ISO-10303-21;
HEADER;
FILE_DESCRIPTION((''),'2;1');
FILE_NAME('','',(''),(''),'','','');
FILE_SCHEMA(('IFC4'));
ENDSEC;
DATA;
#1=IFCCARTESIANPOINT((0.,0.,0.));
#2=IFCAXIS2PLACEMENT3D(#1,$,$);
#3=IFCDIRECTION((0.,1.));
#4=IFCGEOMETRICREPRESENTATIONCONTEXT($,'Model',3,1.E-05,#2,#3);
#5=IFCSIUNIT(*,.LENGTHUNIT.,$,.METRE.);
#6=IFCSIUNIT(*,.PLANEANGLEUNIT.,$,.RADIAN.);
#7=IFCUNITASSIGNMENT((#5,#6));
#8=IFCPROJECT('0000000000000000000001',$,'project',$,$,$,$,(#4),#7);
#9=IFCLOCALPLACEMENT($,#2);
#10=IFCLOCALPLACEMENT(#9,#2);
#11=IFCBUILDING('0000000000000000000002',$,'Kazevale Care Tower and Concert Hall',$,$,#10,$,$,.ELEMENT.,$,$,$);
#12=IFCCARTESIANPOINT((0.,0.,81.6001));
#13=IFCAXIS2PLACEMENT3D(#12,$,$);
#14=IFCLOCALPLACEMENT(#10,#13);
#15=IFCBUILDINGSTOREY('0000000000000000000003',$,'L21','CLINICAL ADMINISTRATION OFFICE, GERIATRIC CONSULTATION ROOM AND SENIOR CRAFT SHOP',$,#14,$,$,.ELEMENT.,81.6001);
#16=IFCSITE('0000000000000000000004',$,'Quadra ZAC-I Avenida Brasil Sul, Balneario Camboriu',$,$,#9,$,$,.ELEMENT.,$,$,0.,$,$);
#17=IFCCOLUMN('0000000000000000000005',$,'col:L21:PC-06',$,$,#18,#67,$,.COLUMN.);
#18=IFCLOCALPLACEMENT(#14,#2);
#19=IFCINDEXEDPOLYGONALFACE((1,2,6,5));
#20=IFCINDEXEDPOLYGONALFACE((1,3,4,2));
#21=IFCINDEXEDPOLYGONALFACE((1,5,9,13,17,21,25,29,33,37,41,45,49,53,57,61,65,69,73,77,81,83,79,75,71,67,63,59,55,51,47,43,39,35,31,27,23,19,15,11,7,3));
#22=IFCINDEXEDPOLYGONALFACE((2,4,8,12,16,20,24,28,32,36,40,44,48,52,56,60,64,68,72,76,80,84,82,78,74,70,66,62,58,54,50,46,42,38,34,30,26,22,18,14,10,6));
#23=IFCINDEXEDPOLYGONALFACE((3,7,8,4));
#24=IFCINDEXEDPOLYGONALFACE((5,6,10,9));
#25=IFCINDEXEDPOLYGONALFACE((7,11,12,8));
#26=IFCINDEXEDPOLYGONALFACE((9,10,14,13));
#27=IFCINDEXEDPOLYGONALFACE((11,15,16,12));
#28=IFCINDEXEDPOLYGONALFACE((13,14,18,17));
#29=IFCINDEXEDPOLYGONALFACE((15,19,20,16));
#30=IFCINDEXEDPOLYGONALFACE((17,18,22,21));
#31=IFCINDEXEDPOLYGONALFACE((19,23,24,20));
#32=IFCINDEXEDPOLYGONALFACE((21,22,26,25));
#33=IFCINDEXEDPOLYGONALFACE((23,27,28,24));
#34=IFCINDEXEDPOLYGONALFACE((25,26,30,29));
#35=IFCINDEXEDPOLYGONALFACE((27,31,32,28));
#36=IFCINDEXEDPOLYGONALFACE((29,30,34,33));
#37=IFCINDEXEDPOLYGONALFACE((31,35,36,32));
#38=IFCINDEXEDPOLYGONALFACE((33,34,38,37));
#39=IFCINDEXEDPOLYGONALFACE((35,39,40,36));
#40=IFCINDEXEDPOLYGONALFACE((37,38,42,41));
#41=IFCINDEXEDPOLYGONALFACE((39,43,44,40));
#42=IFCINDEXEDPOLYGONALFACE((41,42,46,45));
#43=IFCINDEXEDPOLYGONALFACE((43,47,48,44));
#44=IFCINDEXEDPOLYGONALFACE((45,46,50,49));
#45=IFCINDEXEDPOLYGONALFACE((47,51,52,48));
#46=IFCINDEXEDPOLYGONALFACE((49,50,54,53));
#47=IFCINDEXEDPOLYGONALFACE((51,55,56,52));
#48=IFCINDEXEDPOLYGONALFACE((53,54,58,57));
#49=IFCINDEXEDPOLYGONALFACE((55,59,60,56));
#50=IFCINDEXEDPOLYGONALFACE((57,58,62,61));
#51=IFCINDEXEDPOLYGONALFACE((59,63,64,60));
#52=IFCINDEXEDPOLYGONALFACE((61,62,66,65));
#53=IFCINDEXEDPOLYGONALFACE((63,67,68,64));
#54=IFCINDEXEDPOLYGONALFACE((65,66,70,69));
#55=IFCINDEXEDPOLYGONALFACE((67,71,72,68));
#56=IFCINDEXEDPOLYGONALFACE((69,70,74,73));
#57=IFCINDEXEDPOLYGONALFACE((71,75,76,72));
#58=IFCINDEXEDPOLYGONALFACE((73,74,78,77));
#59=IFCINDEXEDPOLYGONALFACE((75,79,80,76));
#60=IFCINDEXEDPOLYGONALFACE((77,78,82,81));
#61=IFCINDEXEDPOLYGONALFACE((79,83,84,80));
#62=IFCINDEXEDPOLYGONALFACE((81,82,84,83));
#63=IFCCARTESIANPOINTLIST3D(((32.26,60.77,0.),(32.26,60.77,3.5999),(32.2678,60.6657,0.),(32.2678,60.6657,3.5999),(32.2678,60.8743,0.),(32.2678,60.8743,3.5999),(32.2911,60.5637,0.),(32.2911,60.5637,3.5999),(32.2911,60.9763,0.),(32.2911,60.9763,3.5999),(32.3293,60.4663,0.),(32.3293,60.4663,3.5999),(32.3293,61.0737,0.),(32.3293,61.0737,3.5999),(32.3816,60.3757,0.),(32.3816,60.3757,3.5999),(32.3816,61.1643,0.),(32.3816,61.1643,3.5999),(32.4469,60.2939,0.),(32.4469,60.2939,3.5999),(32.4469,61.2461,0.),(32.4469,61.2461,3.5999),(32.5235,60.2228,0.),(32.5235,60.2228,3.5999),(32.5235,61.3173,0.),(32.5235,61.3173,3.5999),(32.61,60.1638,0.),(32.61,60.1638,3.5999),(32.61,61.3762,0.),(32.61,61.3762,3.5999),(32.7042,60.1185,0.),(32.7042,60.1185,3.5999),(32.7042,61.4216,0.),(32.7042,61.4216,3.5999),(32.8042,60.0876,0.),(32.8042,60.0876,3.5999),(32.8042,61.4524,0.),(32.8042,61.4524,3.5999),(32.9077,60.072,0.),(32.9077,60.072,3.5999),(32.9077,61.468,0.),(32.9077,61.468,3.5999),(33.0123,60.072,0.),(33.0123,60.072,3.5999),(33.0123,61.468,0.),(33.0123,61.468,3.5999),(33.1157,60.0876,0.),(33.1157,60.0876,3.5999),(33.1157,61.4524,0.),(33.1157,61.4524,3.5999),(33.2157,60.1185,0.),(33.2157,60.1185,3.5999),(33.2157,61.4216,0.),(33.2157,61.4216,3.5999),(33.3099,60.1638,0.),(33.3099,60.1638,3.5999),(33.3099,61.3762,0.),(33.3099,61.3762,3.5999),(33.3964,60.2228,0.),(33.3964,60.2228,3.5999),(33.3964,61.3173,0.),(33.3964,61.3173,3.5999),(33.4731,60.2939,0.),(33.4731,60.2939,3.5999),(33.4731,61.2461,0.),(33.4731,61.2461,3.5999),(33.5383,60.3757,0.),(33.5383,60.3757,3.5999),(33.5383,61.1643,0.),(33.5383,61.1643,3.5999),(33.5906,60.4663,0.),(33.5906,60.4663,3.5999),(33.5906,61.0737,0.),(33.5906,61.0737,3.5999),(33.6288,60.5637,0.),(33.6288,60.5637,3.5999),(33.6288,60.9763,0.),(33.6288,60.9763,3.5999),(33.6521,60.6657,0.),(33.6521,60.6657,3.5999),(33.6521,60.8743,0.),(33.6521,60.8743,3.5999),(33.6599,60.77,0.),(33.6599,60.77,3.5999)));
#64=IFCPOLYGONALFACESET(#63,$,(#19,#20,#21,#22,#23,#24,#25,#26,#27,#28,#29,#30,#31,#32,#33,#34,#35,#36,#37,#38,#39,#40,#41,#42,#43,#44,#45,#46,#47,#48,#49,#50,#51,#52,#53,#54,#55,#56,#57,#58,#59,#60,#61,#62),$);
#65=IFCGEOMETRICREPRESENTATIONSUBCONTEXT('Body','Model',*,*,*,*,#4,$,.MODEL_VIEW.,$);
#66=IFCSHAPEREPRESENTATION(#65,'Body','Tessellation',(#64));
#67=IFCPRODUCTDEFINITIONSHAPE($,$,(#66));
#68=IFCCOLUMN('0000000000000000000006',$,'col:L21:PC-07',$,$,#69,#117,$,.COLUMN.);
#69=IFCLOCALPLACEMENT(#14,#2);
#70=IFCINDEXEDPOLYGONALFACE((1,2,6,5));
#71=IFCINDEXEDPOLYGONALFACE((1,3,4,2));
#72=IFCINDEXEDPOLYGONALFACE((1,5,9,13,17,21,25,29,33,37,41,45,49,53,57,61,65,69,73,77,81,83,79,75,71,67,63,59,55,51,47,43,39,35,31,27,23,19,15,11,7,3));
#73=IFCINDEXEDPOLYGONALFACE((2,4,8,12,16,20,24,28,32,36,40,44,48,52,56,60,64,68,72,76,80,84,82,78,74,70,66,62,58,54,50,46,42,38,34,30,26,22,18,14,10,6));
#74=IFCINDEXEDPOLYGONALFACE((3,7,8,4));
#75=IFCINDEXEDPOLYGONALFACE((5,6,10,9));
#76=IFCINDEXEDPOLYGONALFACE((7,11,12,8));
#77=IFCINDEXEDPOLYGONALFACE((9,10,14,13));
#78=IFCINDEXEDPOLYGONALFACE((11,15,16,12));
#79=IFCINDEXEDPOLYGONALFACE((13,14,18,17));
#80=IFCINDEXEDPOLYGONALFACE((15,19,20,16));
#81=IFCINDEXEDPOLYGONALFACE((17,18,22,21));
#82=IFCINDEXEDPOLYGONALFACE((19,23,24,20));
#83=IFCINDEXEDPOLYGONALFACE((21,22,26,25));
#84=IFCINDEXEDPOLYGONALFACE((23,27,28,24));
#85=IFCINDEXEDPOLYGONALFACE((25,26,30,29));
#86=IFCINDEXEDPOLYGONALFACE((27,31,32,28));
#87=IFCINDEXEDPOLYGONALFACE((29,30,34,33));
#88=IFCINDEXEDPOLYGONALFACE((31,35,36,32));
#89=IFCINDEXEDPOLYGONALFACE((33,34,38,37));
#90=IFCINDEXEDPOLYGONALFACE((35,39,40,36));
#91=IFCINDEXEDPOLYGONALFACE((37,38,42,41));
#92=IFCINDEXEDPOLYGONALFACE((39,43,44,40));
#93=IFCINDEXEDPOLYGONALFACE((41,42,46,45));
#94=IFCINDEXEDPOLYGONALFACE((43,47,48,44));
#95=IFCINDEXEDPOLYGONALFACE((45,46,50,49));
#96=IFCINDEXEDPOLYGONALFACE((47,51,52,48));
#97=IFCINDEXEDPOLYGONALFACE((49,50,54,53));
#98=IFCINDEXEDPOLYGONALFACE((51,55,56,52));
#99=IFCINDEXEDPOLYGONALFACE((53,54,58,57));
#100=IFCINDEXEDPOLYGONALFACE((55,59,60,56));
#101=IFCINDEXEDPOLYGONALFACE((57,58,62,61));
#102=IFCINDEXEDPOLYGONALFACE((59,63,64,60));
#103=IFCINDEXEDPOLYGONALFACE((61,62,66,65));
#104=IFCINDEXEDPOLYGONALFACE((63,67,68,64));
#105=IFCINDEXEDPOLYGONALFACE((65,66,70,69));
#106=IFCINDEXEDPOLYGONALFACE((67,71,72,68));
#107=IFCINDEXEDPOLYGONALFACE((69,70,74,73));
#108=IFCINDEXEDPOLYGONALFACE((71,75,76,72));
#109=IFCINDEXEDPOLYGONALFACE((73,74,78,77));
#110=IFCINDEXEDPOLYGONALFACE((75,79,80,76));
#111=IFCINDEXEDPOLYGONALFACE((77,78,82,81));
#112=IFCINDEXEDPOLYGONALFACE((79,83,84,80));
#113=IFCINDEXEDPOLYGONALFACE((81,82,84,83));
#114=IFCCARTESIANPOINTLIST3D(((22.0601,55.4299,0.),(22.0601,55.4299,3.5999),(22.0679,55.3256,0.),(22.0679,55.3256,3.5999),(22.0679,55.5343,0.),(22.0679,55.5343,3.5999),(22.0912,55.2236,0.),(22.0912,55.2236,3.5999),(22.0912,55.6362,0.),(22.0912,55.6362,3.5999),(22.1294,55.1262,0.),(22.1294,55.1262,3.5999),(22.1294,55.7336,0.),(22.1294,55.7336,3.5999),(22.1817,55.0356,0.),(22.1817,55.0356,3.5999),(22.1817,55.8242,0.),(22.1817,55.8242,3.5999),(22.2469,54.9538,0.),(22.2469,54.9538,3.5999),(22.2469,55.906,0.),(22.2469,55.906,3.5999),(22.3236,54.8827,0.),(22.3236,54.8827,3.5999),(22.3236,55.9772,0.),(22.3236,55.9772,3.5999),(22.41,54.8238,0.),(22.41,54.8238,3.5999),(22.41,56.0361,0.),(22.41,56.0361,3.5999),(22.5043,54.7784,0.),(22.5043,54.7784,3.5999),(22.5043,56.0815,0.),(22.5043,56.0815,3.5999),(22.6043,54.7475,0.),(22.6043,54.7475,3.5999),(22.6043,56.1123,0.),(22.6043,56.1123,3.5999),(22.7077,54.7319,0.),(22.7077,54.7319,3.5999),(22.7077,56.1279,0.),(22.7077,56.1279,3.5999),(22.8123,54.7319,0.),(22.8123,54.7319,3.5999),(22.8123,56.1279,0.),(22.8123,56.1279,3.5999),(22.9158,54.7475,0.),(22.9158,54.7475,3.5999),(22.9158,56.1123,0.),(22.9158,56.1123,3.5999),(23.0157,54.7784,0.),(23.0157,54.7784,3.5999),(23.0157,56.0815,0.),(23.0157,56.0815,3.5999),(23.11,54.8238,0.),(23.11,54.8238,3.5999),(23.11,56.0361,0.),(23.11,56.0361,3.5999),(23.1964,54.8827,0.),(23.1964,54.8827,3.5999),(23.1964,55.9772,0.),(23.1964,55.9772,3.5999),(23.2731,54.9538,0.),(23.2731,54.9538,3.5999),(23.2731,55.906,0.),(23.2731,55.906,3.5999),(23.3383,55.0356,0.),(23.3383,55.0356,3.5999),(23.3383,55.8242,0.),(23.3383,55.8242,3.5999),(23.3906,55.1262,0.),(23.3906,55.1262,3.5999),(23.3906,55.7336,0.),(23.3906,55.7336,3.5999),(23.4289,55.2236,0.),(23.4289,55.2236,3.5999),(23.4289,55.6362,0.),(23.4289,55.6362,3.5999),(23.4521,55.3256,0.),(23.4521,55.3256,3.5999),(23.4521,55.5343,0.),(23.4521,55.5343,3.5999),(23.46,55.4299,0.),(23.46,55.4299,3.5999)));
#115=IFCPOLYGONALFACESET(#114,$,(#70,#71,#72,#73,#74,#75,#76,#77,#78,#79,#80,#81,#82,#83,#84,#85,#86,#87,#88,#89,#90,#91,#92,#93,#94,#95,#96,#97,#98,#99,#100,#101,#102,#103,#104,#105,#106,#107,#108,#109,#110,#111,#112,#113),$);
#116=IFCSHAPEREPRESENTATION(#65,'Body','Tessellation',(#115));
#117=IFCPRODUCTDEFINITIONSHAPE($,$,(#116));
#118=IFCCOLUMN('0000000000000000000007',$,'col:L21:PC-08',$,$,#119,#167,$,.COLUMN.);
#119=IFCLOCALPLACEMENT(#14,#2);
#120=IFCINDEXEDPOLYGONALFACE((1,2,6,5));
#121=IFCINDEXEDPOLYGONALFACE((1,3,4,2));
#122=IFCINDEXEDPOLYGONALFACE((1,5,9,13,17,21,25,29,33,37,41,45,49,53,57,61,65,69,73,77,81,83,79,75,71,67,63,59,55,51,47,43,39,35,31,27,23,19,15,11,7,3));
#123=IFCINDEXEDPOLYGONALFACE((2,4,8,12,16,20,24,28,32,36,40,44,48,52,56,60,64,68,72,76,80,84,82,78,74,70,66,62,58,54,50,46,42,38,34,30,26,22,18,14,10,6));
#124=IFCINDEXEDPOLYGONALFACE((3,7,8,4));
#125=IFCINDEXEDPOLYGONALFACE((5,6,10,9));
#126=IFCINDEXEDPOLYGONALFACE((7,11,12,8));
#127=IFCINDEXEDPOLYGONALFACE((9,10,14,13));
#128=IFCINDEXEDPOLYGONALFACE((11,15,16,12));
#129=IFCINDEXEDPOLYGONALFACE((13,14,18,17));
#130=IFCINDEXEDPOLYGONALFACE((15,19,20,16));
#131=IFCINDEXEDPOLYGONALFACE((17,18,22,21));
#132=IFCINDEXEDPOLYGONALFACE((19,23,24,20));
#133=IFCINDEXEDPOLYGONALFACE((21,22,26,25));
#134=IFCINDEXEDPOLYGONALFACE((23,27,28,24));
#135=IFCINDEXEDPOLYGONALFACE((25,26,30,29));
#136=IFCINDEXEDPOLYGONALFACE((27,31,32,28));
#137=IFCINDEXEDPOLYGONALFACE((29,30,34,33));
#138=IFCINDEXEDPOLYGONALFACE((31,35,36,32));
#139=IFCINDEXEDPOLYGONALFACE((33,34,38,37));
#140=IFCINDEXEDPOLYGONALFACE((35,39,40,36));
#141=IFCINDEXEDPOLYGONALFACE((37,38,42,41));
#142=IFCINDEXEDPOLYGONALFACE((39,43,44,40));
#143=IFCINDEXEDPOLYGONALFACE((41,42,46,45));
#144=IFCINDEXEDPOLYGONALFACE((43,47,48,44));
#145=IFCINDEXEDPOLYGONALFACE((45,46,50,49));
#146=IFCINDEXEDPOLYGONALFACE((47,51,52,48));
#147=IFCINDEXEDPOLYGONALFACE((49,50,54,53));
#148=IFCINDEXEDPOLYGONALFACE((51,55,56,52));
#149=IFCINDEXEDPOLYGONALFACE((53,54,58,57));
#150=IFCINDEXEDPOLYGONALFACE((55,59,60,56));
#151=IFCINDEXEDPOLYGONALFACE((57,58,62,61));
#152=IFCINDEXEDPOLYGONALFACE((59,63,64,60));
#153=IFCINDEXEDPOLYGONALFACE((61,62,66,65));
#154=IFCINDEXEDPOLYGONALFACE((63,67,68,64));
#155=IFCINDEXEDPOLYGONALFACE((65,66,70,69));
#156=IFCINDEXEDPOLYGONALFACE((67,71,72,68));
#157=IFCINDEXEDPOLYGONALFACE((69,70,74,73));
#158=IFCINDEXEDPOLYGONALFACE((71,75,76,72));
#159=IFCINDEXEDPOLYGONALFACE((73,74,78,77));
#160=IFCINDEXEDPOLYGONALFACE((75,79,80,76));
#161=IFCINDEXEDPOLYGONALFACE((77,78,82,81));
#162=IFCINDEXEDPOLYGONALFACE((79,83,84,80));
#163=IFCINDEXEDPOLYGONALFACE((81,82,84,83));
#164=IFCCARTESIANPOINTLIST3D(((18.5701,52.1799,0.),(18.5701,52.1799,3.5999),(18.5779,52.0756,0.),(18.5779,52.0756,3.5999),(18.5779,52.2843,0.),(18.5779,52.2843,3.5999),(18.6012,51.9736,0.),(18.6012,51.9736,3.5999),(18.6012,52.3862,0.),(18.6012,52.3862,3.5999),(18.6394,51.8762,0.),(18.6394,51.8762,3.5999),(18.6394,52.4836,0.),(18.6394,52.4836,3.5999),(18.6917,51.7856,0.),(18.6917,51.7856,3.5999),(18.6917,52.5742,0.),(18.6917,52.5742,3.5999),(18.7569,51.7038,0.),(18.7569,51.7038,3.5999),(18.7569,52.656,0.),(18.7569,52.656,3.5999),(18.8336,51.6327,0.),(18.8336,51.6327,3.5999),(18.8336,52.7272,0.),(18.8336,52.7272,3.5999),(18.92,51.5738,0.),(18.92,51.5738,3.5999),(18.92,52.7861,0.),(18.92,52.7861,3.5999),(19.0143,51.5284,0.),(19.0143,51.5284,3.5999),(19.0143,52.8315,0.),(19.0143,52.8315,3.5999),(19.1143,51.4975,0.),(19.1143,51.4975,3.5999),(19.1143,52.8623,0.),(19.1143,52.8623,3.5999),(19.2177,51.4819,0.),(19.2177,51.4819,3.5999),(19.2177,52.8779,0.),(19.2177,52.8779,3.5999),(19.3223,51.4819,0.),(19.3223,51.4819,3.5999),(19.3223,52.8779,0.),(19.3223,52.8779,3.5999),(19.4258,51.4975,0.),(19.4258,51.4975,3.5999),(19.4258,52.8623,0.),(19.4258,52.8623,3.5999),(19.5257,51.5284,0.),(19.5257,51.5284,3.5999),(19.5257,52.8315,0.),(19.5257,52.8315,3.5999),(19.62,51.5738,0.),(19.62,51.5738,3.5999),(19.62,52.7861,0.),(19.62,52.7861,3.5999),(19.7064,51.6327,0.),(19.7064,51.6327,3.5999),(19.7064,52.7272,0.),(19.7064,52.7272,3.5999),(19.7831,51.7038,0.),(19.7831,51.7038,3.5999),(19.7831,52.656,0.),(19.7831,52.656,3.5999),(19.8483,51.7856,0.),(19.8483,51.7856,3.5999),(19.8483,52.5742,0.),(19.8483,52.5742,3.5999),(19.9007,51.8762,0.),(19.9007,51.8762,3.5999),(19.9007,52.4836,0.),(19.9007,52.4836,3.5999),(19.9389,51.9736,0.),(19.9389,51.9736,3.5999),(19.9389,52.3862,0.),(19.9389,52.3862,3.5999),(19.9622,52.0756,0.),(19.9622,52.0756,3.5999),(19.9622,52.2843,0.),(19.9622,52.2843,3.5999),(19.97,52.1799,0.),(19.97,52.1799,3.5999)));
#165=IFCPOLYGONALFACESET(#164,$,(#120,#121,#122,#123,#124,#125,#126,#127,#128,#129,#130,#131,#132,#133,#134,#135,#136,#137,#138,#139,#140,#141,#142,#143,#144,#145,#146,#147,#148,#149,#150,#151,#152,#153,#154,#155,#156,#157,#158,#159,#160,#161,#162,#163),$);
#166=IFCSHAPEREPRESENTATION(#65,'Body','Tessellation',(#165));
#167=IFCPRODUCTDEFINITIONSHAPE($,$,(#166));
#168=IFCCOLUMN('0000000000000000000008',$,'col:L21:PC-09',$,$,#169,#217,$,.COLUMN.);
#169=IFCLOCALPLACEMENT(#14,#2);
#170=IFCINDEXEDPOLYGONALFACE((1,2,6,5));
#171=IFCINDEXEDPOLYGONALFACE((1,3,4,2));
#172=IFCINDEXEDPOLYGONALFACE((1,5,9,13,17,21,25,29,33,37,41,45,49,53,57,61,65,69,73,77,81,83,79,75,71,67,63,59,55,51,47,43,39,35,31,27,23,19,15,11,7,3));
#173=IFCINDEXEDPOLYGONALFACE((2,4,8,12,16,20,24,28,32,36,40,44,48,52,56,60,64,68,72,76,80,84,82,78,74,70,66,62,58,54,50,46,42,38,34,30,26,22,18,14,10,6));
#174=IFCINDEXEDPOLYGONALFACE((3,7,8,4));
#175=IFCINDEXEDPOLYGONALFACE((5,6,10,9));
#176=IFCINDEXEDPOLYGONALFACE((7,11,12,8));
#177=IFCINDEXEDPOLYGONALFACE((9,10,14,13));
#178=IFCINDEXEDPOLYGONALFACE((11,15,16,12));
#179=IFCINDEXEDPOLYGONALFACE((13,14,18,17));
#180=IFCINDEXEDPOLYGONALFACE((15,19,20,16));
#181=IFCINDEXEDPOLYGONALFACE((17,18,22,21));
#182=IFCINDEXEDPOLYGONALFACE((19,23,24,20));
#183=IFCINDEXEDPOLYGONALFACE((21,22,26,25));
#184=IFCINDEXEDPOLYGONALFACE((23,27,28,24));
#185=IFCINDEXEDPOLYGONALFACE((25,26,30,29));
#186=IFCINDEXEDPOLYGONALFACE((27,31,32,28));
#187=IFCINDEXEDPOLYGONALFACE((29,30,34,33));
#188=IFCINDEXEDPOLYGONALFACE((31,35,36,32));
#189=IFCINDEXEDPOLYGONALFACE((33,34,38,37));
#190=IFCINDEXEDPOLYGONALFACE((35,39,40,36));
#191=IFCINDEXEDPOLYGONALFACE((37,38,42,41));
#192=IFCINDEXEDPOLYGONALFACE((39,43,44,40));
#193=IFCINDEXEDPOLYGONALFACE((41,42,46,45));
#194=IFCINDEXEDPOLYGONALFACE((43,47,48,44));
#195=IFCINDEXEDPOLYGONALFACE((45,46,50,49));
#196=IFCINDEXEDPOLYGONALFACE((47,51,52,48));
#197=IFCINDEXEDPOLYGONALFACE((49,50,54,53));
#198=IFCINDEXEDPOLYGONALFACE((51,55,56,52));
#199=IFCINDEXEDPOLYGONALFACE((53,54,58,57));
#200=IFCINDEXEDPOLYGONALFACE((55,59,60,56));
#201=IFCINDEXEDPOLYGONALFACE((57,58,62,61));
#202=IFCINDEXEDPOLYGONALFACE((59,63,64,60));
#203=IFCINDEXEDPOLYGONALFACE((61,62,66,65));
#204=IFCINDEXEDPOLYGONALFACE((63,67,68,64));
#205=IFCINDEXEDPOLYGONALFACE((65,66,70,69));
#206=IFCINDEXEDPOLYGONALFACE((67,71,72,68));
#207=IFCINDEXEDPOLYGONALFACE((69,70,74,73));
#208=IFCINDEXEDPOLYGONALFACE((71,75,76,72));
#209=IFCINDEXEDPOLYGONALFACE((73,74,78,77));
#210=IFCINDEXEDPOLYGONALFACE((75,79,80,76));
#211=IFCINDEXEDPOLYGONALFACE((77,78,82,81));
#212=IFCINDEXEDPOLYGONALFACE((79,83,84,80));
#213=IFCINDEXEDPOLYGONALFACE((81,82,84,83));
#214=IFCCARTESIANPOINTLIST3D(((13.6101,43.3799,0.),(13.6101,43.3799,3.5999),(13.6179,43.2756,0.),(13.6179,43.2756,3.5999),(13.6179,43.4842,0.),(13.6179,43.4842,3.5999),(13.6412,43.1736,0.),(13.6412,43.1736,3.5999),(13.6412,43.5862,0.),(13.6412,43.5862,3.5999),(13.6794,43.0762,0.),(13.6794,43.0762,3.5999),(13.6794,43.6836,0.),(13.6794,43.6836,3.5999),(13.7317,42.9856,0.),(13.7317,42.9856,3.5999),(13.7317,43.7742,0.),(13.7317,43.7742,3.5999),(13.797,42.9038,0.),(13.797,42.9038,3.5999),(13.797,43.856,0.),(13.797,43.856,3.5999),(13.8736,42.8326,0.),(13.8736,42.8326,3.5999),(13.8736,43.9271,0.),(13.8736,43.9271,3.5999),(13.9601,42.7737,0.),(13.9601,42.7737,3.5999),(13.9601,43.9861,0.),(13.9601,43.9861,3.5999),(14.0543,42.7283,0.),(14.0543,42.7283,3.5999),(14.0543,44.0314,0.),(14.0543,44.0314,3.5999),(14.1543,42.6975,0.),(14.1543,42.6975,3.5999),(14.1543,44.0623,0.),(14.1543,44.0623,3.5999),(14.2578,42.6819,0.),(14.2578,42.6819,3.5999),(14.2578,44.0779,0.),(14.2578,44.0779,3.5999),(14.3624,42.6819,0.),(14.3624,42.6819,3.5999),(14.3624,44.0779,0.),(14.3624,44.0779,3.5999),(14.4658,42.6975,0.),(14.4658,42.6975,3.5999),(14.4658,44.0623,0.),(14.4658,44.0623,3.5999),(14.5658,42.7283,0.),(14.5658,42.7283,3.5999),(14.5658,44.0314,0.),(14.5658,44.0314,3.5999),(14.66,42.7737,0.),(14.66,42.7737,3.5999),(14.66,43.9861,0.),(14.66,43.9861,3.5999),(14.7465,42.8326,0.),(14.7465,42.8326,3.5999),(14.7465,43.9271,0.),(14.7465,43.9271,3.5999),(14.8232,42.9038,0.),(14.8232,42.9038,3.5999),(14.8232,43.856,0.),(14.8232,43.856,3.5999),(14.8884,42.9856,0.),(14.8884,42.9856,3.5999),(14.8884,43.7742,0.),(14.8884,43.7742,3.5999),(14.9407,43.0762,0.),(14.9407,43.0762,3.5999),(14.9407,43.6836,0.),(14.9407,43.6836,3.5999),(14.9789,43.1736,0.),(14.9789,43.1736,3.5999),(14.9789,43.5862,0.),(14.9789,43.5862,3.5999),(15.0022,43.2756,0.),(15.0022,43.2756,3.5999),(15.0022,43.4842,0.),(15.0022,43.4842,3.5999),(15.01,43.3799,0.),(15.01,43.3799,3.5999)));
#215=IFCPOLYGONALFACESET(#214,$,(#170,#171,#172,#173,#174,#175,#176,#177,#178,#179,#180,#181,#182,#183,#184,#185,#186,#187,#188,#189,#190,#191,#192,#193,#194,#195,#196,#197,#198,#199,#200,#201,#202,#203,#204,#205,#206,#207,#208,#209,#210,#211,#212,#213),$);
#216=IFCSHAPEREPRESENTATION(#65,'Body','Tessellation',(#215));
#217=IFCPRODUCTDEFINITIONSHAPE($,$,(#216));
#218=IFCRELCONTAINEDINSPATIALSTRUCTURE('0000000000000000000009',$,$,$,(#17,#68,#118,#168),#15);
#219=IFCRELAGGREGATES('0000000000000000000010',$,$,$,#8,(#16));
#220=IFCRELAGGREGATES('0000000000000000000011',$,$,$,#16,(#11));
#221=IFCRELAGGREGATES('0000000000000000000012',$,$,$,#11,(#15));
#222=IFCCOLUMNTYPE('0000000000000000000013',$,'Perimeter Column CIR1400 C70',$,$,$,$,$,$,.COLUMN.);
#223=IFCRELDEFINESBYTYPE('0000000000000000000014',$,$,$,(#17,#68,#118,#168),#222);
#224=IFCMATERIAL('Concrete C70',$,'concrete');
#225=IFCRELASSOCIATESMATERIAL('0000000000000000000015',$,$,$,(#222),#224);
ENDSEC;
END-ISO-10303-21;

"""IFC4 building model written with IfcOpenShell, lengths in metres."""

from ifc_helpers import new_model, si_unit, direction, frame, origin, origin_2d, place, context, subcontext, project, spatial, circle, extrude, material, material_profile, profile_set, type_object, element, save


model = new_model("IFC4")

# Units and contexts
model_context = context("Model", 3, precision=1e-05, world=origin(), true_north=direction((0.0, 1.0)))
body_context = subcontext(model_context, "Body", "Model", "MODEL_VIEW")
ifc_project = project(units=[si_unit("LENGTHUNIT", "METRE"), si_unit("PLANEANGLEUNIT", "RADIAN")], contexts=[model_context])

# Site, building, storey
site_placement = place(None, origin())
site = spatial("IfcSite", under=ifc_project, at=site_placement, Name="Quadra ZAC-I Avenida Brasil Sul, Balneario Camboriu", CompositionType="ELEMENT", RefElevation=0.0)
building_placement = place(site_placement, origin())
building = spatial("IfcBuilding", under=site, at=building_placement, Name="Kazevale Care Tower and Concert Hall", CompositionType="ELEMENT")
storey_placement = place(building_placement, frame((0.0, 0.0, 81.6001)))
storey = spatial("IfcBuildingStorey", under=building, at=storey_placement, Name="L21", Description="CLINICAL ADMINISTRATION OFFICE, GERIATRIC CONSULTATION ROOM AND SENIOR CRAFT SHOP", CompositionType="ELEMENT", Elevation=81.6001)

# Columns
ifc_material_1 = material(Name="Concrete C70", Category="concrete")
ifc_material_profile_1 = material_profile(ifc_material_1, circle(Radius=0.7, at=origin_2d()), Name="RC-CIR1400")
ifc_profile_set_1 = profile_set([ifc_material_profile_1], Name="Concrete C70")
column_type = type_object("IfcColumnType", Name="Perimeter Column CIR1400 C70", PredefinedType="COLUMN", material=ifc_profile_set_1)
for number, where, z_axis, x_axis, name in (
    (1, (32.96, 60.77, 0.0), (0.0, 0.0, 1.0), (1.0, 0.0, 0.0), "col:L21:PC-06"),
    (2, (22.76, 55.4299, 0.0), (0.0, 0.0, 1.0), (1.0, 0.0, 0.0), "col:L21:PC-07"),
    (3, (19.27, 52.1799, 0.0), (0.0, 0.0, 1.0), (1.0, 0.0, 0.0), "col:L21:PC-08"),
    (4, (14.3101, 43.3799, 0.0), (0.0, 0.0, 1.0), (1.0, 0.0, 0.0), "col:L21:PC-09"),
):
    element("IfcColumn", number, at=place(storey_placement, frame(where, z_axis=z_axis, x_axis=x_axis)), inside=storey, type_object=column_type, Name=name, PredefinedType="COLUMN", context=body_context, shape_type="SweptSolid", body=[
        extrude(circle(Radius=0.7, at=origin_2d()), origin(), (0.0, 0.0, 1.0), 3.5999),
    ])

save(model, "model.ifc")
